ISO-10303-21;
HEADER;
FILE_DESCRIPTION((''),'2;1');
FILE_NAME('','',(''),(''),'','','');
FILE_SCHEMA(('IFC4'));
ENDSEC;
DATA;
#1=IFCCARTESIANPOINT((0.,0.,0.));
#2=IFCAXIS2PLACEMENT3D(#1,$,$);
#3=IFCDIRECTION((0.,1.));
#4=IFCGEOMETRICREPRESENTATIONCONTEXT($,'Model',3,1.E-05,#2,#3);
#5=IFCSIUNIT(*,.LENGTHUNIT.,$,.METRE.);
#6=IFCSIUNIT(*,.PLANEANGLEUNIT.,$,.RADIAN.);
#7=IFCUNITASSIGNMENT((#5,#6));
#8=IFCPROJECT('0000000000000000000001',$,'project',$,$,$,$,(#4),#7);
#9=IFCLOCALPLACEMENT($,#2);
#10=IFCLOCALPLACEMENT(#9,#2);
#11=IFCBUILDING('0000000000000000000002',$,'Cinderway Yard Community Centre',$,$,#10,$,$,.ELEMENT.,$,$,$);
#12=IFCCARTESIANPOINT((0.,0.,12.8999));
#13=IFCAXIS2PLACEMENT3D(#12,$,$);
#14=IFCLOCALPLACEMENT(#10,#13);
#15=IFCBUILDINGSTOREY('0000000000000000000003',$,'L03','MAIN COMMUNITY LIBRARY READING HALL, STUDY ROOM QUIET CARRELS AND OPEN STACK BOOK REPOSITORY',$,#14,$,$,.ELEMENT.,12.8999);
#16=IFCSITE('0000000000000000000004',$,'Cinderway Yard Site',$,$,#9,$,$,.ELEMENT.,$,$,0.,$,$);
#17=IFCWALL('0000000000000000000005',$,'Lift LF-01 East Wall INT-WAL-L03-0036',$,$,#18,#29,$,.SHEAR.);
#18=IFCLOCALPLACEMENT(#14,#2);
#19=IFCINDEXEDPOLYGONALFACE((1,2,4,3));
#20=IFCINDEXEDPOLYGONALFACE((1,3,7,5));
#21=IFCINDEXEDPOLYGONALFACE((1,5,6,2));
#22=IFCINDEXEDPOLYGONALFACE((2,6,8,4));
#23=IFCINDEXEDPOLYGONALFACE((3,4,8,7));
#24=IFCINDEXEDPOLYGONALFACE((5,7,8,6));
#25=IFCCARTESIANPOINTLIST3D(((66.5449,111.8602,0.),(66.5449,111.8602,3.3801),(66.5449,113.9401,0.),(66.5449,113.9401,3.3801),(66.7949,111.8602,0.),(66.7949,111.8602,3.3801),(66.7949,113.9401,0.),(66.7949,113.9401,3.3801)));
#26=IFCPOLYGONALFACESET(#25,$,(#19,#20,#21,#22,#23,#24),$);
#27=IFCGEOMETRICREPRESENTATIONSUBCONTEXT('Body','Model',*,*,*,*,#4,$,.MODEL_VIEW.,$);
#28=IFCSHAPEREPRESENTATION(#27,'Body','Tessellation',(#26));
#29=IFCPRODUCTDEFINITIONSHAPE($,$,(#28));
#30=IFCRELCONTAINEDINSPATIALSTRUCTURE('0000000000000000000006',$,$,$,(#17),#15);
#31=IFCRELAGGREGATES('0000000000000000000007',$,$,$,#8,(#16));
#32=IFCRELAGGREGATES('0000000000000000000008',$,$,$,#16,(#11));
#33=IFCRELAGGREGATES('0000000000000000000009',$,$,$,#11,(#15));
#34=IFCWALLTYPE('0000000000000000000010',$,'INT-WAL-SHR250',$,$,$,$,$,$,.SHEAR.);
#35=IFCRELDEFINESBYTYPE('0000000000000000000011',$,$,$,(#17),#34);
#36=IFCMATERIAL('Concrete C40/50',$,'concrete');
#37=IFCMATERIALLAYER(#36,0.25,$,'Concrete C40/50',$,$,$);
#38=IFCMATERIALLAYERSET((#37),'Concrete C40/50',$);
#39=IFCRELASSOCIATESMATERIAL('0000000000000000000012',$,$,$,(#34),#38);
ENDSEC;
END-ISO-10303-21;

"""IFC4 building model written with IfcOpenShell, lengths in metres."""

from ifc_helpers import new_model, si_unit, direction, frame, frame_2d, origin, place, context, subcontext, project, spatial, rectangle, extrude, material, layer, layer_set, type_object, element, save


model = new_model("IFC4")

# Units and contexts
model_context = context("Model", 3, precision=1e-05, world=origin(), true_north=direction((0.0, 1.0)))
body_context = subcontext(model_context, "Body", "Model", "MODEL_VIEW")
ifc_project = project(units=[si_unit("LENGTHUNIT", "METRE"), si_unit("PLANEANGLEUNIT", "RADIAN")], contexts=[model_context])

# Site, building, storey
site_placement = place(None, origin())
site = spatial("IfcSite", under=ifc_project, at=site_placement, Name="Cinderway Yard Site", CompositionType="ELEMENT", RefElevation=0.0)
building_placement = place(site_placement, origin())
building = spatial("IfcBuilding", under=site, at=building_placement, Name="Cinderway Yard Community Centre", CompositionType="ELEMENT")
storey_placement = place(building_placement, frame((0.0, 0.0, 12.8999)))
storey = spatial("IfcBuildingStorey", under=building, at=storey_placement, Name="L03", Description="MAIN COMMUNITY LIBRARY READING HALL, STUDY ROOM QUIET CARRELS AND OPEN STACK BOOK REPOSITORY", CompositionType="ELEMENT", Elevation=12.8999)

# Shared definitions
ifc_material_1 = material(Name="Concrete C40/50", Category="concrete")

# Wall
ifc_layer_1 = layer(ifc_material_1, 0.25, Name="Concrete C40/50")
ifc_layer_set_1 = layer_set([ifc_layer_1], Name="Concrete C40/50")
wall_type_1 = type_object("IfcWallType", Name="INT-WAL-SHR250", PredefinedType="SHEAR", material=ifc_layer_set_1)
wall_1_placement = place(storey_placement, frame((66.6699, 111.8601, 0.0), z_axis=(0.0, 0.0, 1.0), x_axis=(0.0, 1.0, 0.0)))
element("IfcWall", 1, at=wall_1_placement, inside=storey, type_object=wall_type_1, Name="Lift LF-01 East Wall INT-WAL-L03-0036", PredefinedType="SHEAR", context=body_context, shape_type="SweptSolid", body=[
    extrude(rectangle(XDim=2.0798, YDim=0.25, at=frame_2d((1.04, 0.0))), origin(), (0.0, 0.0, 1.0), 3.3801),
])

save(model, "model.ifc")
